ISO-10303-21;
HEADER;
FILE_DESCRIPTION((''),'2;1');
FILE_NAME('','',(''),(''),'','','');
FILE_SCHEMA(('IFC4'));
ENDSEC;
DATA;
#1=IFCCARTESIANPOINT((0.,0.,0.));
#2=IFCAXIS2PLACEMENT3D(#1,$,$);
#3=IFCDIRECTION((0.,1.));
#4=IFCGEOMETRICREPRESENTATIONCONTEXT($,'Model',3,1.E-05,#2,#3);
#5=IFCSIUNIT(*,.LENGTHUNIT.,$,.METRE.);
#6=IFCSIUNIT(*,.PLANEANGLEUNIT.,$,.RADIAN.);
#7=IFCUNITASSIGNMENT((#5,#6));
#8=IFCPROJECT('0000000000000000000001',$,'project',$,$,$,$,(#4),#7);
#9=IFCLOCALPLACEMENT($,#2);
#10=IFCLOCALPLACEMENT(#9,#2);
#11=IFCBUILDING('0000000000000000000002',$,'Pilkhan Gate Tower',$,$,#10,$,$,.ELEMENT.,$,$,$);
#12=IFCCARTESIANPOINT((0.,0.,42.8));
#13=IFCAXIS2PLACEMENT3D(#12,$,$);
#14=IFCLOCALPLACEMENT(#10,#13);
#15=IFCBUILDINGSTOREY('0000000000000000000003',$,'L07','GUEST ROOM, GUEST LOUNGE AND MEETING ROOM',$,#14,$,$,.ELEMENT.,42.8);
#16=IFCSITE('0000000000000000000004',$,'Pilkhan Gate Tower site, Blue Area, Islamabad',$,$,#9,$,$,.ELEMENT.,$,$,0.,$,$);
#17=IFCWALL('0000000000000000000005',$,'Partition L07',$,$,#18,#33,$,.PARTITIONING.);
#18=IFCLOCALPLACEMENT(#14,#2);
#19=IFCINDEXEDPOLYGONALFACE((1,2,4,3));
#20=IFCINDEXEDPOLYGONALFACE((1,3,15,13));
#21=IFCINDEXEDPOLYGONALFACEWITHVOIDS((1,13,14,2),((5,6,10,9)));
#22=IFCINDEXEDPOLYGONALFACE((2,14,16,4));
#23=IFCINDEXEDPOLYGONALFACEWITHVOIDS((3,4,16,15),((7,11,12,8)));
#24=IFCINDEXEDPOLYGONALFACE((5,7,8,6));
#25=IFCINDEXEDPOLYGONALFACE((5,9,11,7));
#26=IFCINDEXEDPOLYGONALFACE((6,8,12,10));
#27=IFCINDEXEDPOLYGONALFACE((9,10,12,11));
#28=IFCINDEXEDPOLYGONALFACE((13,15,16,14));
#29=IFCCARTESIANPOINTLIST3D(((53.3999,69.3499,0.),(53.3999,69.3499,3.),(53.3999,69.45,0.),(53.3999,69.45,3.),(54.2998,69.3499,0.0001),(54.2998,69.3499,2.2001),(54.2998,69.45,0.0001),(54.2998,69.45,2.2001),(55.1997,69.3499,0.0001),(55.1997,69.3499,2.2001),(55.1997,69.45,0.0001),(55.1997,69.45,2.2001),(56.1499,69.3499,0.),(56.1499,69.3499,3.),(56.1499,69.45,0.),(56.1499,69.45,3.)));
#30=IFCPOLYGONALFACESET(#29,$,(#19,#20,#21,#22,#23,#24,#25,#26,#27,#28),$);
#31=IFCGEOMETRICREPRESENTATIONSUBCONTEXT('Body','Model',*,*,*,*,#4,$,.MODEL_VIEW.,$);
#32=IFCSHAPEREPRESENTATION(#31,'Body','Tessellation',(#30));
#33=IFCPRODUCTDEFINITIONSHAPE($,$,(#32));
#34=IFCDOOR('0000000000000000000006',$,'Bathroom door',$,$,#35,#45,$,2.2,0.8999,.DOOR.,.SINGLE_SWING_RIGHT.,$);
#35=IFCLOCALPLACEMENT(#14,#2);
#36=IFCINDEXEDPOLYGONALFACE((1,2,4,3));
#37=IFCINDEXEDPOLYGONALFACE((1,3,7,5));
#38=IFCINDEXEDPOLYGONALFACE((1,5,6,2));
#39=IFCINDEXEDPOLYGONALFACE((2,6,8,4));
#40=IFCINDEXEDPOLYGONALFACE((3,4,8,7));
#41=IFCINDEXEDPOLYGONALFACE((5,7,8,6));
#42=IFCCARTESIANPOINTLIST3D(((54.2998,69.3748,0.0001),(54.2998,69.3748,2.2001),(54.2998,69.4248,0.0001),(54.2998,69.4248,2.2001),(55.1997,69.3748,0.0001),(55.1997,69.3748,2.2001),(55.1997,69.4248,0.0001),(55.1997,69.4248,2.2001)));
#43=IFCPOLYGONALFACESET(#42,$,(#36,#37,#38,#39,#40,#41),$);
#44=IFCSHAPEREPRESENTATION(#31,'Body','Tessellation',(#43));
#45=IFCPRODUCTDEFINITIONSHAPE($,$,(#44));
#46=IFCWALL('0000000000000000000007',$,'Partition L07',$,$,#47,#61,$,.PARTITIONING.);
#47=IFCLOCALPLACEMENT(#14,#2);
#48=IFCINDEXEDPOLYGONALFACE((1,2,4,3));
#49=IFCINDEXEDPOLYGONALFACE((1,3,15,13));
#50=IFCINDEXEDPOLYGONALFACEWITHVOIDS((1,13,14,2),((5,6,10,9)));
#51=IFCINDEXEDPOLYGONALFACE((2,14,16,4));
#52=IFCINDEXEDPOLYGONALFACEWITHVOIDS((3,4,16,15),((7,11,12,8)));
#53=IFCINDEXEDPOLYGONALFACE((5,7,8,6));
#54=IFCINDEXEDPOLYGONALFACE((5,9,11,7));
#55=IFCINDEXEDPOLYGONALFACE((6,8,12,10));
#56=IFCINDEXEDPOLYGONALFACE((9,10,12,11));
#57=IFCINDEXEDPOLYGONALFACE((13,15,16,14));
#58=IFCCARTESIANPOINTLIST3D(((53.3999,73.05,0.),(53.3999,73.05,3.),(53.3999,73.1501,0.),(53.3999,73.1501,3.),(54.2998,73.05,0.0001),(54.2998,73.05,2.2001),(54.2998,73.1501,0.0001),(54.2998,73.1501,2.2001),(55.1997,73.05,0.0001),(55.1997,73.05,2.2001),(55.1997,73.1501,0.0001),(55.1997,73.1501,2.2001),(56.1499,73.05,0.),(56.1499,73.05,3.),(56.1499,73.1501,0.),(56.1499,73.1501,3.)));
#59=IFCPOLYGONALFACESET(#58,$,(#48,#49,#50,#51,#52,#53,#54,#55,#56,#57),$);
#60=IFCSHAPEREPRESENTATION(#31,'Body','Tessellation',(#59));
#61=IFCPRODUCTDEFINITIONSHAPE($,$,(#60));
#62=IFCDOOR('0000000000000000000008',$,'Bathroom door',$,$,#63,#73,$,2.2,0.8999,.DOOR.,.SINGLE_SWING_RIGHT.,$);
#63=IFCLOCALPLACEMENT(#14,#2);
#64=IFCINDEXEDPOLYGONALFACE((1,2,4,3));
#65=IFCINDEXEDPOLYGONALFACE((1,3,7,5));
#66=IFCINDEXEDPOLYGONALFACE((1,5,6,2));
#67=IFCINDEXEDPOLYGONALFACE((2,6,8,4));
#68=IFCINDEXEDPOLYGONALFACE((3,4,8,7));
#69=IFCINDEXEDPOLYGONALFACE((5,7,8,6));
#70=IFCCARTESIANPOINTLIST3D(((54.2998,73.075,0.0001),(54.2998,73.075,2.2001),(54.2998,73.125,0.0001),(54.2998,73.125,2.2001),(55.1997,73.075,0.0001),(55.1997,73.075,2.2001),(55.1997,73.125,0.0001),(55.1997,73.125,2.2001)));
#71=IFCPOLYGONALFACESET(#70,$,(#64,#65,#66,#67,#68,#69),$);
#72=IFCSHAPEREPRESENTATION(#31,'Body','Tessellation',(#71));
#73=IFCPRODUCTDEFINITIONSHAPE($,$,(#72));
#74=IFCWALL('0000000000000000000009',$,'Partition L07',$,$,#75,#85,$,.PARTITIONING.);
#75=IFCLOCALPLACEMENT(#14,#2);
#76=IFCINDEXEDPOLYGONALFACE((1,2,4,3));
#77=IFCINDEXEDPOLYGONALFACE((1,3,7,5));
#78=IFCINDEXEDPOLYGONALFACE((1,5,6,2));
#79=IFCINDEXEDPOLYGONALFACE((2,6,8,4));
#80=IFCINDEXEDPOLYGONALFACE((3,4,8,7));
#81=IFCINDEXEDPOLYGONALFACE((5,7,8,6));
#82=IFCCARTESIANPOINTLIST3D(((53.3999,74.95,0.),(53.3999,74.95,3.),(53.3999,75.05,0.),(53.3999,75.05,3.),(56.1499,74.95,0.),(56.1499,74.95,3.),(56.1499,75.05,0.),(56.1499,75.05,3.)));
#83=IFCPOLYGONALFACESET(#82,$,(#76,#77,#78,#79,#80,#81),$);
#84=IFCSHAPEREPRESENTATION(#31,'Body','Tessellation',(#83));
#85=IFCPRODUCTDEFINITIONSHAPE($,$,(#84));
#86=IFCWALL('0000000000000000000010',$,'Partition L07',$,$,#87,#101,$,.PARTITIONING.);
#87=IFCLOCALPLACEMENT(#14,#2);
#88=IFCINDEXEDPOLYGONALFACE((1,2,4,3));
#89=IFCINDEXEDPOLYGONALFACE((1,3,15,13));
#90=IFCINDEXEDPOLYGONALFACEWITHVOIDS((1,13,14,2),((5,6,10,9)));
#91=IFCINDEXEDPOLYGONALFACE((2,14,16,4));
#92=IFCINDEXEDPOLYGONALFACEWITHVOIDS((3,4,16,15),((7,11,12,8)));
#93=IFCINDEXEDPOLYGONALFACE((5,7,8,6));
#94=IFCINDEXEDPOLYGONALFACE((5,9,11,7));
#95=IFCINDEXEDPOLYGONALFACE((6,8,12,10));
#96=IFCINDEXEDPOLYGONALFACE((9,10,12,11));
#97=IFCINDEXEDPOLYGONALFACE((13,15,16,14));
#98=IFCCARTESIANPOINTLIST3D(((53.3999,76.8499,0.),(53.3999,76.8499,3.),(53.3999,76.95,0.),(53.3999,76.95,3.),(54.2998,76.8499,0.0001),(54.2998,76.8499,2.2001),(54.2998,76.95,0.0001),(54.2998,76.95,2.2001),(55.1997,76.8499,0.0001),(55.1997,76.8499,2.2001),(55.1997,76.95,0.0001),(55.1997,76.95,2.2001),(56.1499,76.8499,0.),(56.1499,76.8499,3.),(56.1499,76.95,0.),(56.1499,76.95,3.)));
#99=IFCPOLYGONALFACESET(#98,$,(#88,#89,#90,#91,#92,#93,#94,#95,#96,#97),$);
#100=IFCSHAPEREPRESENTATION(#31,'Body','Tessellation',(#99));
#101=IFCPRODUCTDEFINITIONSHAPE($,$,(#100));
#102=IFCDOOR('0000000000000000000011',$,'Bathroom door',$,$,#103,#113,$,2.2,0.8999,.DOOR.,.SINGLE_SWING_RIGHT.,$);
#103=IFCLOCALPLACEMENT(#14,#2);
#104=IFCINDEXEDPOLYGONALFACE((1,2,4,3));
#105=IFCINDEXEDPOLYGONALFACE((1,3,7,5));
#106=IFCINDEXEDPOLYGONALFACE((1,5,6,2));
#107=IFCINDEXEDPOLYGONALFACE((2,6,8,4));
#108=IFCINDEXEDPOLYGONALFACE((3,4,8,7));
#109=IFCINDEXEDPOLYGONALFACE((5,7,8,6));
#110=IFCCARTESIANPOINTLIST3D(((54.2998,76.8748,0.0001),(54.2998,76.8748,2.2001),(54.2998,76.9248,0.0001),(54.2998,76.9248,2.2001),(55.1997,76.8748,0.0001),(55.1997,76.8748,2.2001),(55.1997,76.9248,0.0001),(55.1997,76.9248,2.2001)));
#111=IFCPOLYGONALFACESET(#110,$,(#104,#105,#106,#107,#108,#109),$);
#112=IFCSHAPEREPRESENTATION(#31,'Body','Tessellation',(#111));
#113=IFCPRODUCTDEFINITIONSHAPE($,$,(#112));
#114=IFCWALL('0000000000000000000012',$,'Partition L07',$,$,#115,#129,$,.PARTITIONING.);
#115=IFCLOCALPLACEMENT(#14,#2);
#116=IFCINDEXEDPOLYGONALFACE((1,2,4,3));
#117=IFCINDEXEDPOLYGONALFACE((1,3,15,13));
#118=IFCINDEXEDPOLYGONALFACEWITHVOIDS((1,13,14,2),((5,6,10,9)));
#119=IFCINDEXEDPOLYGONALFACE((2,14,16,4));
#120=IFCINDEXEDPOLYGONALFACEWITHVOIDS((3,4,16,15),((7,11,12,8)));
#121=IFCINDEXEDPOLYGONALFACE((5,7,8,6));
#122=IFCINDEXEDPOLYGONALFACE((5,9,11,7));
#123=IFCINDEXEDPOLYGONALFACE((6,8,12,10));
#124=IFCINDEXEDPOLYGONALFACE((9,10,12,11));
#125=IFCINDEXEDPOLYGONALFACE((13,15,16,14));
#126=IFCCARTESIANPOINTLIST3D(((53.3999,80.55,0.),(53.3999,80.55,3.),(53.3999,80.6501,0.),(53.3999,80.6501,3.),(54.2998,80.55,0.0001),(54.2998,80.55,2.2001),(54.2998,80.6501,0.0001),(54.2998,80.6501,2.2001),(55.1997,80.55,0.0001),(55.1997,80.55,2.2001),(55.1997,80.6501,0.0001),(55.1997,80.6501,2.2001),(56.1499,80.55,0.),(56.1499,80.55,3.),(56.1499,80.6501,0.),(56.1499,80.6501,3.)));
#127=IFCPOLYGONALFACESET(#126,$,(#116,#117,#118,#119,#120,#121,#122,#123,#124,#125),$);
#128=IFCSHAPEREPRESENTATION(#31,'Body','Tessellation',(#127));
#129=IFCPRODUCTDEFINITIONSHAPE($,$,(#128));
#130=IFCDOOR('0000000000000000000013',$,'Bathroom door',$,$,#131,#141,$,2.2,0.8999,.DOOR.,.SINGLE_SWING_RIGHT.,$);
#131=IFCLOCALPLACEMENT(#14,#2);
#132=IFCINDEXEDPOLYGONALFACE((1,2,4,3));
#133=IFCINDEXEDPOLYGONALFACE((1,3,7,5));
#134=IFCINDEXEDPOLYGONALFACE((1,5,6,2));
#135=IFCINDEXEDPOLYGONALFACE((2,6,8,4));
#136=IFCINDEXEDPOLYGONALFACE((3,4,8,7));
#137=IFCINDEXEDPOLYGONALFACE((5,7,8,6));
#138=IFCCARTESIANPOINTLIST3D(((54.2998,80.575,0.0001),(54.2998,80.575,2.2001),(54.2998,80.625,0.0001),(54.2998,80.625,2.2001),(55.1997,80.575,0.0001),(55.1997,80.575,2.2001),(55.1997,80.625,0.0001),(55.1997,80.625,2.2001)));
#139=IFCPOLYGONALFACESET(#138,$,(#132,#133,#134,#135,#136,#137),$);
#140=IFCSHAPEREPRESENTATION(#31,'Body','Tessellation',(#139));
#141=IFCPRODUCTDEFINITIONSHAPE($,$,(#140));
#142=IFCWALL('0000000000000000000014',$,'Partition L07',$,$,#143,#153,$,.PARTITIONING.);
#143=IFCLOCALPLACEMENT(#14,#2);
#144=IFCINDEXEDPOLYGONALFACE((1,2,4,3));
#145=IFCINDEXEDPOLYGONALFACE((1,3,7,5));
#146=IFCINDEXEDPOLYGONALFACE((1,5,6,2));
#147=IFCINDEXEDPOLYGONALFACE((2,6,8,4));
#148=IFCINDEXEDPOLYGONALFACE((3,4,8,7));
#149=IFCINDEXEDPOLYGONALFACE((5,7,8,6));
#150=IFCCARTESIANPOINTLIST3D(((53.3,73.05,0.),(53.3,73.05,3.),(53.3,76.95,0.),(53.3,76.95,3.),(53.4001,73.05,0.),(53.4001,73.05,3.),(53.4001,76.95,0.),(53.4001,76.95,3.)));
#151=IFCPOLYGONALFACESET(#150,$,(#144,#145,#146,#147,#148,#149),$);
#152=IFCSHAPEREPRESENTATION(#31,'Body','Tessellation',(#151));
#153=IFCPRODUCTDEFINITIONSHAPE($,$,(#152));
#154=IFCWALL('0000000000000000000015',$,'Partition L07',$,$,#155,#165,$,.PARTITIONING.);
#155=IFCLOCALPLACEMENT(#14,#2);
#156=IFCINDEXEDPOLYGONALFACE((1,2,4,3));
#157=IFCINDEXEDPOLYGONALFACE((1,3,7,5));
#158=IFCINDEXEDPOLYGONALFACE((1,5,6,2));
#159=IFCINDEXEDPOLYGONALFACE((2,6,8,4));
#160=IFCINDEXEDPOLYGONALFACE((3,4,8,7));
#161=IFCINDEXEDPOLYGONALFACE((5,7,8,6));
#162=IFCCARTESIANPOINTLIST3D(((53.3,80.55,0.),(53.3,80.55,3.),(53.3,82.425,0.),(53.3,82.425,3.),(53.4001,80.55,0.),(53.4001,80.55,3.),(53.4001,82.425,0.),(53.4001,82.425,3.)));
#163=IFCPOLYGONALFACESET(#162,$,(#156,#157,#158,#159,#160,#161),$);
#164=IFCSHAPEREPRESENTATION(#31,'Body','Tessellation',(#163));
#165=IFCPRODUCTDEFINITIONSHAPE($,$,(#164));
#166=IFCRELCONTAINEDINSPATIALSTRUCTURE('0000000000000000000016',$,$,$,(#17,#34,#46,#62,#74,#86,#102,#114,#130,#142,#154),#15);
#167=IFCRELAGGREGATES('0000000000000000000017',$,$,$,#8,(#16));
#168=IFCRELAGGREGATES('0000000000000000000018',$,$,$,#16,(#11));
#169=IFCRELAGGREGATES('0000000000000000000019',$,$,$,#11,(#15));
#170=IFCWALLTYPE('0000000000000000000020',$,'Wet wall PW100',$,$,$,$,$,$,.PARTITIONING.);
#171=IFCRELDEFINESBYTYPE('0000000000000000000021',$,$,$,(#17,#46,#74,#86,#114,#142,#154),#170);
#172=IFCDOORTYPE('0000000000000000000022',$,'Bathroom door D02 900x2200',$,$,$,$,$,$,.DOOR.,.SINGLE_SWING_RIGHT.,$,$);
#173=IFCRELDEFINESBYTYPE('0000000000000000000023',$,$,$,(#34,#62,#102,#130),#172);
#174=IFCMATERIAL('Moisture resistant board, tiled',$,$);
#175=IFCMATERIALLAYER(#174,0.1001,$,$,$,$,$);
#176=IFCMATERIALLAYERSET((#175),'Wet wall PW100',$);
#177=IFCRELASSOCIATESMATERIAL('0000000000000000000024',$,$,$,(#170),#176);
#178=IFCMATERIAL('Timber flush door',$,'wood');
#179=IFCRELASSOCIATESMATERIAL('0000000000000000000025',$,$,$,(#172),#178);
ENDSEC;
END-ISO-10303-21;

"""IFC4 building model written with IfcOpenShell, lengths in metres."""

from ifc_helpers import new_model, si_unit, direction, frame, frame_2d, origin, place, context, subcontext, project, spatial, rectangle, extrude, material, layer, layer_set, type_object, element, fill, save


model = new_model("IFC4")

# Units and contexts
model_context = context("Model", 3, precision=1e-05, world=origin(), true_north=direction((0.0, 1.0)))
body_context = subcontext(model_context, "Body", "Model", "MODEL_VIEW")
ifc_project = project(units=[si_unit("LENGTHUNIT", "METRE"), si_unit("PLANEANGLEUNIT", "RADIAN")], contexts=[model_context])

# Site, building, storey
site_placement = place(None, origin())
site = spatial("IfcSite", under=ifc_project, at=site_placement, Name="Pilkhan Gate Tower site, Blue Area, Islamabad", CompositionType="ELEMENT", RefElevation=0.0)
building_placement = place(site_placement, origin())
building = spatial("IfcBuilding", under=site, at=building_placement, Name="Pilkhan Gate Tower", CompositionType="ELEMENT")
storey_placement = place(building_placement, frame((0.0, 0.0, 42.8)))
storey = spatial("IfcBuildingStorey", under=building, at=storey_placement, Name="L07", Description="GUEST ROOM, GUEST LOUNGE AND MEETING ROOM", CompositionType="ELEMENT", Elevation=42.8)

# Walls, openings, doors
ifc_material_1 = material(Name="Moisture resistant board, tiled")
ifc_layer_1 = layer(ifc_material_1, 0.1001)
ifc_layer_set_1 = layer_set([ifc_layer_1], Name="Wet wall PW100")
wall_type_1 = type_object("IfcWallType", Name="Wet wall PW100", PredefinedType="PARTITIONING", material=ifc_layer_set_1)
wall_1_placement = place(storey_placement, frame((53.3999, 69.3999, 0.0), z_axis=(0.0, 0.0, 1.0), x_axis=(1.0, 0.0, 0.0)))
wall_1 = element("IfcWall", 1, at=wall_1_placement, inside=storey, type_object=wall_type_1, Name="Partition L07", PredefinedType="PARTITIONING", context=body_context, shape_type="SweptSolid", body=[
    extrude(rectangle(XDim=2.75, YDim=0.1001, at=frame_2d((1.375, 0.0))), origin(), (0.0, 0.0, 1.0), 3.0),
])
opening_1_placement = place(wall_1_placement, frame((0.8999, 0.0, 0.0)))
opening_1 = element("IfcOpeningElement", 2, at=opening_1_placement, cuts=wall_1, PredefinedType="OPENING", context=body_context, shape_type="SweptSolid", body=[
    extrude(rectangle(XDim=0.8999, YDim=2.2, at=frame_2d((0.45, 1.1001))), frame((0.0, 0.0601, 0.0), z_axis=(0.0, -1.0, 0.0), x_axis=(1.0, 0.0, 0.0)), (0.0, 0.0, 1.0), 0.1201),
])
ifc_material_2 = material(Name="Timber flush door", Category="wood")
door_type_1 = type_object("IfcDoorType", Name="Bathroom door D02 900x2200", OperationType="SINGLE_SWING_RIGHT", PredefinedType="DOOR", material=ifc_material_2)
door_1_placement = place(opening_1_placement, origin())
door_1 = element("IfcDoor", 3, at=door_1_placement, inside=storey, type_object=door_type_1, Name="Bathroom door", OperationType="SINGLE_SWING_RIGHT", OverallHeight=2.2, OverallWidth=0.8999, PredefinedType="DOOR", context=body_context, shape_type="SweptSolid", body=[
    extrude(rectangle(XDim=0.8999, YDim=2.2, at=frame_2d((0.45, 1.1001))), frame((0.0, 0.0249, 0.0), z_axis=(0.0, -1.0, 0.0), x_axis=(1.0, 0.0, 0.0)), (0.0, 0.0, 1.0), 0.05),
])
fill(opening_1, door_1)
wall_2_placement = place(storey_placement, frame((53.3999, 73.1001, 0.0), z_axis=(0.0, 0.0, 1.0), x_axis=(1.0, 0.0, 0.0)))
wall_2 = element("IfcWall", 4, at=wall_2_placement, inside=storey, type_object=wall_type_1, Name="Partition L07", PredefinedType="PARTITIONING", context=body_context, shape_type="SweptSolid", body=[
    extrude(rectangle(XDim=2.75, YDim=0.1001, at=frame_2d((1.375, 0.0))), origin(), (0.0, 0.0, 1.0), 3.0),
])
opening_2_placement = place(wall_2_placement, frame((0.8999, 0.0, 0.0)))
opening_2 = element("IfcOpeningElement", 5, at=opening_2_placement, cuts=wall_2, PredefinedType="OPENING", context=body_context, shape_type="SweptSolid", body=[
    extrude(rectangle(XDim=0.8999, YDim=2.2, at=frame_2d((0.45, 1.1001))), frame((0.0, 0.0601, 0.0), z_axis=(0.0, -1.0, 0.0), x_axis=(1.0, 0.0, 0.0)), (0.0, 0.0, 1.0), 0.1201),
])
door_2_placement = place(opening_2_placement, origin())
door_2 = element("IfcDoor", 6, at=door_2_placement, inside=storey, type_object=door_type_1, Name="Bathroom door", OperationType="SINGLE_SWING_RIGHT", OverallHeight=2.2, OverallWidth=0.8999, PredefinedType="DOOR", context=body_context, shape_type="SweptSolid", body=[
    extrude(rectangle(XDim=0.8999, YDim=2.2, at=frame_2d((0.45, 1.1001))), frame((0.0, 0.0249, 0.0), z_axis=(0.0, -1.0, 0.0), x_axis=(1.0, 0.0, 0.0)), (0.0, 0.0, 1.0), 0.05),
])
fill(opening_2, door_2)

# Wall
wall_3_placement = place(storey_placement, frame((53.3999, 75.0, 0.0), z_axis=(0.0, 0.0, 1.0), x_axis=(1.0, 0.0, 0.0)))
element("IfcWall", 7, at=wall_3_placement, inside=storey, type_object=wall_type_1, Name="Partition L07", PredefinedType="PARTITIONING", context=body_context, shape_type="SweptSolid", body=[
    extrude(rectangle(XDim=2.75, YDim=0.1001, at=frame_2d((1.375, 0.0))), origin(), (0.0, 0.0, 1.0), 3.0),
])

# Walls, openings, doors
wall_4_placement = place(storey_placement, frame((53.3999, 76.8999, 0.0), z_axis=(0.0, 0.0, 1.0), x_axis=(1.0, 0.0, 0.0)))
wall_4 = element("IfcWall", 8, at=wall_4_placement, inside=storey, type_object=wall_type_1, Name="Partition L07", PredefinedType="PARTITIONING", context=body_context, shape_type="SweptSolid", body=[
    extrude(rectangle(XDim=2.75, YDim=0.1001, at=frame_2d((1.375, 0.0))), origin(), (0.0, 0.0, 1.0), 3.0),
])
opening_3_placement = place(wall_4_placement, frame((0.8999, 0.0, 0.0)))
opening_3 = element("IfcOpeningElement", 9, at=opening_3_placement, cuts=wall_4, PredefinedType="OPENING", context=body_context, shape_type="SweptSolid", body=[
    extrude(rectangle(XDim=0.8999, YDim=2.2, at=frame_2d((0.45, 1.1001))), frame((0.0, 0.0601, 0.0), z_axis=(0.0, -1.0, 0.0), x_axis=(1.0, 0.0, 0.0)), (0.0, 0.0, 1.0), 0.1201),
])
door_3_placement = place(opening_3_placement, origin())
door_3 = element("IfcDoor", 10, at=door_3_placement, inside=storey, type_object=door_type_1, Name="Bathroom door", OperationType="SINGLE_SWING_RIGHT", OverallHeight=2.2, OverallWidth=0.8999, PredefinedType="DOOR", context=body_context, shape_type="SweptSolid", body=[
    extrude(rectangle(XDim=0.8999, YDim=2.2, at=frame_2d((0.45, 1.1001))), frame((0.0, 0.0249, 0.0), z_axis=(0.0, -1.0, 0.0), x_axis=(1.0, 0.0, 0.0)), (0.0, 0.0, 1.0), 0.05),
])
fill(opening_3, door_3)
wall_5_placement = place(storey_placement, frame((53.3999, 80.6001, 0.0), z_axis=(0.0, 0.0, 1.0), x_axis=(1.0, 0.0, 0.0)))
wall_5 = element("IfcWall", 11, at=wall_5_placement, inside=storey, type_object=wall_type_1, Name="Partition L07", PredefinedType="PARTITIONING", context=body_context, shape_type="SweptSolid", body=[
    extrude(rectangle(XDim=2.75, YDim=0.1001, at=frame_2d((1.375, 0.0))), origin(), (0.0, 0.0, 1.0), 3.0),
])
opening_4_placement = place(wall_5_placement, frame((0.8999, 0.0, 0.0)))
opening_4 = element("IfcOpeningElement", 12, at=opening_4_placement, cuts=wall_5, PredefinedType="OPENING", context=body_context, shape_type="SweptSolid", body=[
    extrude(rectangle(XDim=0.8999, YDim=2.2, at=frame_2d((0.45, 1.1001))), frame((0.0, 0.0601, 0.0), z_axis=(0.0, -1.0, 0.0), x_axis=(1.0, 0.0, 0.0)), (0.0, 0.0, 1.0), 0.1201),
])
door_4_placement = place(opening_4_placement, origin())
door_4 = element("IfcDoor", 13, at=door_4_placement, inside=storey, type_object=door_type_1, Name="Bathroom door", OperationType="SINGLE_SWING_RIGHT", OverallHeight=2.2, OverallWidth=0.8999, PredefinedType="DOOR", context=body_context, shape_type="SweptSolid", body=[
    extrude(rectangle(XDim=0.8999, YDim=2.2, at=frame_2d((0.45, 1.1001))), frame((0.0, 0.0249, 0.0), z_axis=(0.0, -1.0, 0.0), x_axis=(1.0, 0.0, 0.0)), (0.0, 0.0, 1.0), 0.05),
])
fill(opening_4, door_4)

# Walls
wall_6_placement = place(storey_placement, frame((53.3501, 73.05, 0.0), z_axis=(0.0, 0.0, 1.0), x_axis=(0.0, 1.0, 0.0)))
element("IfcWall", 14, at=wall_6_placement, inside=storey, type_object=wall_type_1, Name="Partition L07", PredefinedType="PARTITIONING", context=body_context, shape_type="SweptSolid", body=[
    extrude(rectangle(XDim=3.8999, YDim=0.1001, at=frame_2d((1.95, 0.0))), origin(), (0.0, 0.0, 1.0), 3.0),
])
wall_7_placement = place(storey_placement, frame((53.3501, 80.55, 0.0), z_axis=(0.0, 0.0, 1.0), x_axis=(0.0, 1.0, 0.0)))
element("IfcWall", 15, at=wall_7_placement, inside=storey, type_object=wall_type_1, Name="Partition L07", PredefinedType="PARTITIONING", context=body_context, shape_type="SweptSolid", body=[
    extrude(rectangle(XDim=1.875, YDim=0.1001, at=frame_2d((0.9375, 0.0))), origin(), (0.0, 0.0, 1.0), 3.0),
])

save(model, "model.ifc")
